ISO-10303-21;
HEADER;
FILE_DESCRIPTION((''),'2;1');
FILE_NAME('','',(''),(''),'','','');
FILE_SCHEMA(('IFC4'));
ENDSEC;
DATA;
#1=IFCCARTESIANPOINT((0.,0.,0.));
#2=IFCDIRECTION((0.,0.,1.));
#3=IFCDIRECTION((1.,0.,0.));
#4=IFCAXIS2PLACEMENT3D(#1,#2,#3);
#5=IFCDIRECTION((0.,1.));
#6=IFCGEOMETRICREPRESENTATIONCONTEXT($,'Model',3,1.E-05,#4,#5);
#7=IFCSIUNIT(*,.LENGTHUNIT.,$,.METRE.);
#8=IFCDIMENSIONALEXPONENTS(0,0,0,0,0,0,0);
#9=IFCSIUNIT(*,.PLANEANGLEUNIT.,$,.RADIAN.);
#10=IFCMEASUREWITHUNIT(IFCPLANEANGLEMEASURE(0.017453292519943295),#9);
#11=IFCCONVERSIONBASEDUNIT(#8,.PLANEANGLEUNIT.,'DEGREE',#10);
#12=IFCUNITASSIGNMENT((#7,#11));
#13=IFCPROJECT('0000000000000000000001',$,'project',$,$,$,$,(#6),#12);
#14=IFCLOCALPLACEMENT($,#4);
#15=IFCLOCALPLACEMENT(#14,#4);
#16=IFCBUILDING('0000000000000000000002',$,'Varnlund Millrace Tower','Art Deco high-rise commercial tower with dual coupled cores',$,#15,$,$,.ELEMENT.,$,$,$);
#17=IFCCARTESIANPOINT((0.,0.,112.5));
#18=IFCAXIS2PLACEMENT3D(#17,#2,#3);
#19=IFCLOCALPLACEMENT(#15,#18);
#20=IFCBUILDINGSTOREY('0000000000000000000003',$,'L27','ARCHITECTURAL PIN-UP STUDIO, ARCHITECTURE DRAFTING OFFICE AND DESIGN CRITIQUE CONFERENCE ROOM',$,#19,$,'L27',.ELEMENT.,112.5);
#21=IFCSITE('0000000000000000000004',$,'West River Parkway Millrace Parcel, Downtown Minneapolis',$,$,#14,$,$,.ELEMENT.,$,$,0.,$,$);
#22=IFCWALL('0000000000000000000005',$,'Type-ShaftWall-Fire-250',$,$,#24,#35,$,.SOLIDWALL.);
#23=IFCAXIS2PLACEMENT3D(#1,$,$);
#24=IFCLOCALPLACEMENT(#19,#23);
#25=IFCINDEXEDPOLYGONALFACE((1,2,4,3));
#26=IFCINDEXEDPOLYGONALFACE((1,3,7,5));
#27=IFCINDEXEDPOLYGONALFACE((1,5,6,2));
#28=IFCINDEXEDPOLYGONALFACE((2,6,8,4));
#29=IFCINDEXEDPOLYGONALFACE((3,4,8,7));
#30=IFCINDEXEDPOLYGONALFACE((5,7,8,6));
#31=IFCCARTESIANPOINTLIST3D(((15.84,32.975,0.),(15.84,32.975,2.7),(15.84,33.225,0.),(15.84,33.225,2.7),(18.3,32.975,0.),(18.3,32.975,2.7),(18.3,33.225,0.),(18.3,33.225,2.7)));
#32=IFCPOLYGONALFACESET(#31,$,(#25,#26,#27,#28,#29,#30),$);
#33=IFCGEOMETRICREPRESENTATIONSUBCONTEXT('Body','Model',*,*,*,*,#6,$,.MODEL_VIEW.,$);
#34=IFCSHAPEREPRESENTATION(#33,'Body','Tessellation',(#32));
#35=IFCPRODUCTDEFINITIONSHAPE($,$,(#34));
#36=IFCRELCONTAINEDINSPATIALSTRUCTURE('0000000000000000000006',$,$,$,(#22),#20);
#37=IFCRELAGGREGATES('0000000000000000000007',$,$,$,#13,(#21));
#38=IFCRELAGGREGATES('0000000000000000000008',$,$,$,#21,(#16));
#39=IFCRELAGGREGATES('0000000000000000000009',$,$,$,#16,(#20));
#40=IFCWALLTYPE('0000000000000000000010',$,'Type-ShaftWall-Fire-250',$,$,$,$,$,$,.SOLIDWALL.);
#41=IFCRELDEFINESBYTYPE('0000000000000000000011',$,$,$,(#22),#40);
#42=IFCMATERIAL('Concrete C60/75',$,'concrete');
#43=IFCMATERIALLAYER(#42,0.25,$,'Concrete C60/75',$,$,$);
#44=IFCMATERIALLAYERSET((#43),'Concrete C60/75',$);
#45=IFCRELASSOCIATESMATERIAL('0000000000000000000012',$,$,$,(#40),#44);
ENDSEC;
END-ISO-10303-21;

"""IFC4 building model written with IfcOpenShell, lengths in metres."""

from ifc_helpers import new_model, entity, si_unit, converted_unit, direction, frame, origin_with_axes, place, context, subcontext, project, spatial, polyline, outline, extrude, material, layer, layer_set, type_object, element, save


model = new_model("IFC4")

# Units and contexts
model_context = context("Model", 3, precision=1e-05, world=origin_with_axes(), true_north=direction((0.0, 1.0)))
body_context = subcontext(model_context, "Body", "Model", "MODEL_VIEW")
ifc_project = project(units=[si_unit("LENGTHUNIT", "METRE"), converted_unit("PLANEANGLEUNIT", "DEGREE", entity("IfcPlaneAngleMeasure", 0.017453292519943295), si_unit("PLANEANGLEUNIT", "RADIAN"), dimensions=[0, 0, 0, 0, 0, 0, 0])], contexts=[model_context])

# Site, building, storey
site_placement = place(None, origin_with_axes())
site = spatial("IfcSite", under=ifc_project, at=site_placement, Name="West River Parkway Millrace Parcel, Downtown Minneapolis", CompositionType="ELEMENT", RefElevation=0.0)
building_placement = place(site_placement, origin_with_axes())
building = spatial("IfcBuilding", under=site, at=building_placement, Name="Varnlund Millrace Tower", Description="Art Deco high-rise commercial tower with dual coupled cores", CompositionType="ELEMENT")
storey_placement = place(building_placement, frame((0.0, 0.0, 112.5), z_axis=(0.0, 0.0, 1.0), x_axis=(1.0, 0.0, 0.0)))
storey = spatial("IfcBuildingStorey", under=building, at=storey_placement, Name="L27", Description="ARCHITECTURAL PIN-UP STUDIO, ARCHITECTURE DRAFTING OFFICE AND DESIGN CRITIQUE CONFERENCE ROOM", LongName="L27", CompositionType="ELEMENT", Elevation=112.5)

# Wall
ifc_material_1 = material(Name="Concrete C60/75", Category="concrete")
ifc_layer_1 = layer(ifc_material_1, 0.25, Name="Concrete C60/75")
ifc_layer_set_1 = layer_set([ifc_layer_1], Name="Concrete C60/75")
wall_type_1 = type_object("IfcWallType", Name="Type-ShaftWall-Fire-250", PredefinedType="SOLIDWALL", material=ifc_layer_set_1)
wall_1_placement = place(storey_placement, frame((15.84, 33.1, 0.0), z_axis=(0.0, 0.0, 1.0), x_axis=(1.0, 0.0, 0.0)))
element("IfcWall", 1, at=wall_1_placement, inside=storey, type_object=wall_type_1, Name="Type-ShaftWall-Fire-250", PredefinedType="SOLIDWALL", context=body_context, shape_type="SweptSolid", body=[
    extrude(outline(polyline([(0.0, -0.125), (2.46, -0.125), (2.46, 0.125), (0.0, 0.125), (0.0, -0.125)])), origin_with_axes(), (0.0, 0.0, 1.0), 2.7),
])

save(model, "model.ifc")
